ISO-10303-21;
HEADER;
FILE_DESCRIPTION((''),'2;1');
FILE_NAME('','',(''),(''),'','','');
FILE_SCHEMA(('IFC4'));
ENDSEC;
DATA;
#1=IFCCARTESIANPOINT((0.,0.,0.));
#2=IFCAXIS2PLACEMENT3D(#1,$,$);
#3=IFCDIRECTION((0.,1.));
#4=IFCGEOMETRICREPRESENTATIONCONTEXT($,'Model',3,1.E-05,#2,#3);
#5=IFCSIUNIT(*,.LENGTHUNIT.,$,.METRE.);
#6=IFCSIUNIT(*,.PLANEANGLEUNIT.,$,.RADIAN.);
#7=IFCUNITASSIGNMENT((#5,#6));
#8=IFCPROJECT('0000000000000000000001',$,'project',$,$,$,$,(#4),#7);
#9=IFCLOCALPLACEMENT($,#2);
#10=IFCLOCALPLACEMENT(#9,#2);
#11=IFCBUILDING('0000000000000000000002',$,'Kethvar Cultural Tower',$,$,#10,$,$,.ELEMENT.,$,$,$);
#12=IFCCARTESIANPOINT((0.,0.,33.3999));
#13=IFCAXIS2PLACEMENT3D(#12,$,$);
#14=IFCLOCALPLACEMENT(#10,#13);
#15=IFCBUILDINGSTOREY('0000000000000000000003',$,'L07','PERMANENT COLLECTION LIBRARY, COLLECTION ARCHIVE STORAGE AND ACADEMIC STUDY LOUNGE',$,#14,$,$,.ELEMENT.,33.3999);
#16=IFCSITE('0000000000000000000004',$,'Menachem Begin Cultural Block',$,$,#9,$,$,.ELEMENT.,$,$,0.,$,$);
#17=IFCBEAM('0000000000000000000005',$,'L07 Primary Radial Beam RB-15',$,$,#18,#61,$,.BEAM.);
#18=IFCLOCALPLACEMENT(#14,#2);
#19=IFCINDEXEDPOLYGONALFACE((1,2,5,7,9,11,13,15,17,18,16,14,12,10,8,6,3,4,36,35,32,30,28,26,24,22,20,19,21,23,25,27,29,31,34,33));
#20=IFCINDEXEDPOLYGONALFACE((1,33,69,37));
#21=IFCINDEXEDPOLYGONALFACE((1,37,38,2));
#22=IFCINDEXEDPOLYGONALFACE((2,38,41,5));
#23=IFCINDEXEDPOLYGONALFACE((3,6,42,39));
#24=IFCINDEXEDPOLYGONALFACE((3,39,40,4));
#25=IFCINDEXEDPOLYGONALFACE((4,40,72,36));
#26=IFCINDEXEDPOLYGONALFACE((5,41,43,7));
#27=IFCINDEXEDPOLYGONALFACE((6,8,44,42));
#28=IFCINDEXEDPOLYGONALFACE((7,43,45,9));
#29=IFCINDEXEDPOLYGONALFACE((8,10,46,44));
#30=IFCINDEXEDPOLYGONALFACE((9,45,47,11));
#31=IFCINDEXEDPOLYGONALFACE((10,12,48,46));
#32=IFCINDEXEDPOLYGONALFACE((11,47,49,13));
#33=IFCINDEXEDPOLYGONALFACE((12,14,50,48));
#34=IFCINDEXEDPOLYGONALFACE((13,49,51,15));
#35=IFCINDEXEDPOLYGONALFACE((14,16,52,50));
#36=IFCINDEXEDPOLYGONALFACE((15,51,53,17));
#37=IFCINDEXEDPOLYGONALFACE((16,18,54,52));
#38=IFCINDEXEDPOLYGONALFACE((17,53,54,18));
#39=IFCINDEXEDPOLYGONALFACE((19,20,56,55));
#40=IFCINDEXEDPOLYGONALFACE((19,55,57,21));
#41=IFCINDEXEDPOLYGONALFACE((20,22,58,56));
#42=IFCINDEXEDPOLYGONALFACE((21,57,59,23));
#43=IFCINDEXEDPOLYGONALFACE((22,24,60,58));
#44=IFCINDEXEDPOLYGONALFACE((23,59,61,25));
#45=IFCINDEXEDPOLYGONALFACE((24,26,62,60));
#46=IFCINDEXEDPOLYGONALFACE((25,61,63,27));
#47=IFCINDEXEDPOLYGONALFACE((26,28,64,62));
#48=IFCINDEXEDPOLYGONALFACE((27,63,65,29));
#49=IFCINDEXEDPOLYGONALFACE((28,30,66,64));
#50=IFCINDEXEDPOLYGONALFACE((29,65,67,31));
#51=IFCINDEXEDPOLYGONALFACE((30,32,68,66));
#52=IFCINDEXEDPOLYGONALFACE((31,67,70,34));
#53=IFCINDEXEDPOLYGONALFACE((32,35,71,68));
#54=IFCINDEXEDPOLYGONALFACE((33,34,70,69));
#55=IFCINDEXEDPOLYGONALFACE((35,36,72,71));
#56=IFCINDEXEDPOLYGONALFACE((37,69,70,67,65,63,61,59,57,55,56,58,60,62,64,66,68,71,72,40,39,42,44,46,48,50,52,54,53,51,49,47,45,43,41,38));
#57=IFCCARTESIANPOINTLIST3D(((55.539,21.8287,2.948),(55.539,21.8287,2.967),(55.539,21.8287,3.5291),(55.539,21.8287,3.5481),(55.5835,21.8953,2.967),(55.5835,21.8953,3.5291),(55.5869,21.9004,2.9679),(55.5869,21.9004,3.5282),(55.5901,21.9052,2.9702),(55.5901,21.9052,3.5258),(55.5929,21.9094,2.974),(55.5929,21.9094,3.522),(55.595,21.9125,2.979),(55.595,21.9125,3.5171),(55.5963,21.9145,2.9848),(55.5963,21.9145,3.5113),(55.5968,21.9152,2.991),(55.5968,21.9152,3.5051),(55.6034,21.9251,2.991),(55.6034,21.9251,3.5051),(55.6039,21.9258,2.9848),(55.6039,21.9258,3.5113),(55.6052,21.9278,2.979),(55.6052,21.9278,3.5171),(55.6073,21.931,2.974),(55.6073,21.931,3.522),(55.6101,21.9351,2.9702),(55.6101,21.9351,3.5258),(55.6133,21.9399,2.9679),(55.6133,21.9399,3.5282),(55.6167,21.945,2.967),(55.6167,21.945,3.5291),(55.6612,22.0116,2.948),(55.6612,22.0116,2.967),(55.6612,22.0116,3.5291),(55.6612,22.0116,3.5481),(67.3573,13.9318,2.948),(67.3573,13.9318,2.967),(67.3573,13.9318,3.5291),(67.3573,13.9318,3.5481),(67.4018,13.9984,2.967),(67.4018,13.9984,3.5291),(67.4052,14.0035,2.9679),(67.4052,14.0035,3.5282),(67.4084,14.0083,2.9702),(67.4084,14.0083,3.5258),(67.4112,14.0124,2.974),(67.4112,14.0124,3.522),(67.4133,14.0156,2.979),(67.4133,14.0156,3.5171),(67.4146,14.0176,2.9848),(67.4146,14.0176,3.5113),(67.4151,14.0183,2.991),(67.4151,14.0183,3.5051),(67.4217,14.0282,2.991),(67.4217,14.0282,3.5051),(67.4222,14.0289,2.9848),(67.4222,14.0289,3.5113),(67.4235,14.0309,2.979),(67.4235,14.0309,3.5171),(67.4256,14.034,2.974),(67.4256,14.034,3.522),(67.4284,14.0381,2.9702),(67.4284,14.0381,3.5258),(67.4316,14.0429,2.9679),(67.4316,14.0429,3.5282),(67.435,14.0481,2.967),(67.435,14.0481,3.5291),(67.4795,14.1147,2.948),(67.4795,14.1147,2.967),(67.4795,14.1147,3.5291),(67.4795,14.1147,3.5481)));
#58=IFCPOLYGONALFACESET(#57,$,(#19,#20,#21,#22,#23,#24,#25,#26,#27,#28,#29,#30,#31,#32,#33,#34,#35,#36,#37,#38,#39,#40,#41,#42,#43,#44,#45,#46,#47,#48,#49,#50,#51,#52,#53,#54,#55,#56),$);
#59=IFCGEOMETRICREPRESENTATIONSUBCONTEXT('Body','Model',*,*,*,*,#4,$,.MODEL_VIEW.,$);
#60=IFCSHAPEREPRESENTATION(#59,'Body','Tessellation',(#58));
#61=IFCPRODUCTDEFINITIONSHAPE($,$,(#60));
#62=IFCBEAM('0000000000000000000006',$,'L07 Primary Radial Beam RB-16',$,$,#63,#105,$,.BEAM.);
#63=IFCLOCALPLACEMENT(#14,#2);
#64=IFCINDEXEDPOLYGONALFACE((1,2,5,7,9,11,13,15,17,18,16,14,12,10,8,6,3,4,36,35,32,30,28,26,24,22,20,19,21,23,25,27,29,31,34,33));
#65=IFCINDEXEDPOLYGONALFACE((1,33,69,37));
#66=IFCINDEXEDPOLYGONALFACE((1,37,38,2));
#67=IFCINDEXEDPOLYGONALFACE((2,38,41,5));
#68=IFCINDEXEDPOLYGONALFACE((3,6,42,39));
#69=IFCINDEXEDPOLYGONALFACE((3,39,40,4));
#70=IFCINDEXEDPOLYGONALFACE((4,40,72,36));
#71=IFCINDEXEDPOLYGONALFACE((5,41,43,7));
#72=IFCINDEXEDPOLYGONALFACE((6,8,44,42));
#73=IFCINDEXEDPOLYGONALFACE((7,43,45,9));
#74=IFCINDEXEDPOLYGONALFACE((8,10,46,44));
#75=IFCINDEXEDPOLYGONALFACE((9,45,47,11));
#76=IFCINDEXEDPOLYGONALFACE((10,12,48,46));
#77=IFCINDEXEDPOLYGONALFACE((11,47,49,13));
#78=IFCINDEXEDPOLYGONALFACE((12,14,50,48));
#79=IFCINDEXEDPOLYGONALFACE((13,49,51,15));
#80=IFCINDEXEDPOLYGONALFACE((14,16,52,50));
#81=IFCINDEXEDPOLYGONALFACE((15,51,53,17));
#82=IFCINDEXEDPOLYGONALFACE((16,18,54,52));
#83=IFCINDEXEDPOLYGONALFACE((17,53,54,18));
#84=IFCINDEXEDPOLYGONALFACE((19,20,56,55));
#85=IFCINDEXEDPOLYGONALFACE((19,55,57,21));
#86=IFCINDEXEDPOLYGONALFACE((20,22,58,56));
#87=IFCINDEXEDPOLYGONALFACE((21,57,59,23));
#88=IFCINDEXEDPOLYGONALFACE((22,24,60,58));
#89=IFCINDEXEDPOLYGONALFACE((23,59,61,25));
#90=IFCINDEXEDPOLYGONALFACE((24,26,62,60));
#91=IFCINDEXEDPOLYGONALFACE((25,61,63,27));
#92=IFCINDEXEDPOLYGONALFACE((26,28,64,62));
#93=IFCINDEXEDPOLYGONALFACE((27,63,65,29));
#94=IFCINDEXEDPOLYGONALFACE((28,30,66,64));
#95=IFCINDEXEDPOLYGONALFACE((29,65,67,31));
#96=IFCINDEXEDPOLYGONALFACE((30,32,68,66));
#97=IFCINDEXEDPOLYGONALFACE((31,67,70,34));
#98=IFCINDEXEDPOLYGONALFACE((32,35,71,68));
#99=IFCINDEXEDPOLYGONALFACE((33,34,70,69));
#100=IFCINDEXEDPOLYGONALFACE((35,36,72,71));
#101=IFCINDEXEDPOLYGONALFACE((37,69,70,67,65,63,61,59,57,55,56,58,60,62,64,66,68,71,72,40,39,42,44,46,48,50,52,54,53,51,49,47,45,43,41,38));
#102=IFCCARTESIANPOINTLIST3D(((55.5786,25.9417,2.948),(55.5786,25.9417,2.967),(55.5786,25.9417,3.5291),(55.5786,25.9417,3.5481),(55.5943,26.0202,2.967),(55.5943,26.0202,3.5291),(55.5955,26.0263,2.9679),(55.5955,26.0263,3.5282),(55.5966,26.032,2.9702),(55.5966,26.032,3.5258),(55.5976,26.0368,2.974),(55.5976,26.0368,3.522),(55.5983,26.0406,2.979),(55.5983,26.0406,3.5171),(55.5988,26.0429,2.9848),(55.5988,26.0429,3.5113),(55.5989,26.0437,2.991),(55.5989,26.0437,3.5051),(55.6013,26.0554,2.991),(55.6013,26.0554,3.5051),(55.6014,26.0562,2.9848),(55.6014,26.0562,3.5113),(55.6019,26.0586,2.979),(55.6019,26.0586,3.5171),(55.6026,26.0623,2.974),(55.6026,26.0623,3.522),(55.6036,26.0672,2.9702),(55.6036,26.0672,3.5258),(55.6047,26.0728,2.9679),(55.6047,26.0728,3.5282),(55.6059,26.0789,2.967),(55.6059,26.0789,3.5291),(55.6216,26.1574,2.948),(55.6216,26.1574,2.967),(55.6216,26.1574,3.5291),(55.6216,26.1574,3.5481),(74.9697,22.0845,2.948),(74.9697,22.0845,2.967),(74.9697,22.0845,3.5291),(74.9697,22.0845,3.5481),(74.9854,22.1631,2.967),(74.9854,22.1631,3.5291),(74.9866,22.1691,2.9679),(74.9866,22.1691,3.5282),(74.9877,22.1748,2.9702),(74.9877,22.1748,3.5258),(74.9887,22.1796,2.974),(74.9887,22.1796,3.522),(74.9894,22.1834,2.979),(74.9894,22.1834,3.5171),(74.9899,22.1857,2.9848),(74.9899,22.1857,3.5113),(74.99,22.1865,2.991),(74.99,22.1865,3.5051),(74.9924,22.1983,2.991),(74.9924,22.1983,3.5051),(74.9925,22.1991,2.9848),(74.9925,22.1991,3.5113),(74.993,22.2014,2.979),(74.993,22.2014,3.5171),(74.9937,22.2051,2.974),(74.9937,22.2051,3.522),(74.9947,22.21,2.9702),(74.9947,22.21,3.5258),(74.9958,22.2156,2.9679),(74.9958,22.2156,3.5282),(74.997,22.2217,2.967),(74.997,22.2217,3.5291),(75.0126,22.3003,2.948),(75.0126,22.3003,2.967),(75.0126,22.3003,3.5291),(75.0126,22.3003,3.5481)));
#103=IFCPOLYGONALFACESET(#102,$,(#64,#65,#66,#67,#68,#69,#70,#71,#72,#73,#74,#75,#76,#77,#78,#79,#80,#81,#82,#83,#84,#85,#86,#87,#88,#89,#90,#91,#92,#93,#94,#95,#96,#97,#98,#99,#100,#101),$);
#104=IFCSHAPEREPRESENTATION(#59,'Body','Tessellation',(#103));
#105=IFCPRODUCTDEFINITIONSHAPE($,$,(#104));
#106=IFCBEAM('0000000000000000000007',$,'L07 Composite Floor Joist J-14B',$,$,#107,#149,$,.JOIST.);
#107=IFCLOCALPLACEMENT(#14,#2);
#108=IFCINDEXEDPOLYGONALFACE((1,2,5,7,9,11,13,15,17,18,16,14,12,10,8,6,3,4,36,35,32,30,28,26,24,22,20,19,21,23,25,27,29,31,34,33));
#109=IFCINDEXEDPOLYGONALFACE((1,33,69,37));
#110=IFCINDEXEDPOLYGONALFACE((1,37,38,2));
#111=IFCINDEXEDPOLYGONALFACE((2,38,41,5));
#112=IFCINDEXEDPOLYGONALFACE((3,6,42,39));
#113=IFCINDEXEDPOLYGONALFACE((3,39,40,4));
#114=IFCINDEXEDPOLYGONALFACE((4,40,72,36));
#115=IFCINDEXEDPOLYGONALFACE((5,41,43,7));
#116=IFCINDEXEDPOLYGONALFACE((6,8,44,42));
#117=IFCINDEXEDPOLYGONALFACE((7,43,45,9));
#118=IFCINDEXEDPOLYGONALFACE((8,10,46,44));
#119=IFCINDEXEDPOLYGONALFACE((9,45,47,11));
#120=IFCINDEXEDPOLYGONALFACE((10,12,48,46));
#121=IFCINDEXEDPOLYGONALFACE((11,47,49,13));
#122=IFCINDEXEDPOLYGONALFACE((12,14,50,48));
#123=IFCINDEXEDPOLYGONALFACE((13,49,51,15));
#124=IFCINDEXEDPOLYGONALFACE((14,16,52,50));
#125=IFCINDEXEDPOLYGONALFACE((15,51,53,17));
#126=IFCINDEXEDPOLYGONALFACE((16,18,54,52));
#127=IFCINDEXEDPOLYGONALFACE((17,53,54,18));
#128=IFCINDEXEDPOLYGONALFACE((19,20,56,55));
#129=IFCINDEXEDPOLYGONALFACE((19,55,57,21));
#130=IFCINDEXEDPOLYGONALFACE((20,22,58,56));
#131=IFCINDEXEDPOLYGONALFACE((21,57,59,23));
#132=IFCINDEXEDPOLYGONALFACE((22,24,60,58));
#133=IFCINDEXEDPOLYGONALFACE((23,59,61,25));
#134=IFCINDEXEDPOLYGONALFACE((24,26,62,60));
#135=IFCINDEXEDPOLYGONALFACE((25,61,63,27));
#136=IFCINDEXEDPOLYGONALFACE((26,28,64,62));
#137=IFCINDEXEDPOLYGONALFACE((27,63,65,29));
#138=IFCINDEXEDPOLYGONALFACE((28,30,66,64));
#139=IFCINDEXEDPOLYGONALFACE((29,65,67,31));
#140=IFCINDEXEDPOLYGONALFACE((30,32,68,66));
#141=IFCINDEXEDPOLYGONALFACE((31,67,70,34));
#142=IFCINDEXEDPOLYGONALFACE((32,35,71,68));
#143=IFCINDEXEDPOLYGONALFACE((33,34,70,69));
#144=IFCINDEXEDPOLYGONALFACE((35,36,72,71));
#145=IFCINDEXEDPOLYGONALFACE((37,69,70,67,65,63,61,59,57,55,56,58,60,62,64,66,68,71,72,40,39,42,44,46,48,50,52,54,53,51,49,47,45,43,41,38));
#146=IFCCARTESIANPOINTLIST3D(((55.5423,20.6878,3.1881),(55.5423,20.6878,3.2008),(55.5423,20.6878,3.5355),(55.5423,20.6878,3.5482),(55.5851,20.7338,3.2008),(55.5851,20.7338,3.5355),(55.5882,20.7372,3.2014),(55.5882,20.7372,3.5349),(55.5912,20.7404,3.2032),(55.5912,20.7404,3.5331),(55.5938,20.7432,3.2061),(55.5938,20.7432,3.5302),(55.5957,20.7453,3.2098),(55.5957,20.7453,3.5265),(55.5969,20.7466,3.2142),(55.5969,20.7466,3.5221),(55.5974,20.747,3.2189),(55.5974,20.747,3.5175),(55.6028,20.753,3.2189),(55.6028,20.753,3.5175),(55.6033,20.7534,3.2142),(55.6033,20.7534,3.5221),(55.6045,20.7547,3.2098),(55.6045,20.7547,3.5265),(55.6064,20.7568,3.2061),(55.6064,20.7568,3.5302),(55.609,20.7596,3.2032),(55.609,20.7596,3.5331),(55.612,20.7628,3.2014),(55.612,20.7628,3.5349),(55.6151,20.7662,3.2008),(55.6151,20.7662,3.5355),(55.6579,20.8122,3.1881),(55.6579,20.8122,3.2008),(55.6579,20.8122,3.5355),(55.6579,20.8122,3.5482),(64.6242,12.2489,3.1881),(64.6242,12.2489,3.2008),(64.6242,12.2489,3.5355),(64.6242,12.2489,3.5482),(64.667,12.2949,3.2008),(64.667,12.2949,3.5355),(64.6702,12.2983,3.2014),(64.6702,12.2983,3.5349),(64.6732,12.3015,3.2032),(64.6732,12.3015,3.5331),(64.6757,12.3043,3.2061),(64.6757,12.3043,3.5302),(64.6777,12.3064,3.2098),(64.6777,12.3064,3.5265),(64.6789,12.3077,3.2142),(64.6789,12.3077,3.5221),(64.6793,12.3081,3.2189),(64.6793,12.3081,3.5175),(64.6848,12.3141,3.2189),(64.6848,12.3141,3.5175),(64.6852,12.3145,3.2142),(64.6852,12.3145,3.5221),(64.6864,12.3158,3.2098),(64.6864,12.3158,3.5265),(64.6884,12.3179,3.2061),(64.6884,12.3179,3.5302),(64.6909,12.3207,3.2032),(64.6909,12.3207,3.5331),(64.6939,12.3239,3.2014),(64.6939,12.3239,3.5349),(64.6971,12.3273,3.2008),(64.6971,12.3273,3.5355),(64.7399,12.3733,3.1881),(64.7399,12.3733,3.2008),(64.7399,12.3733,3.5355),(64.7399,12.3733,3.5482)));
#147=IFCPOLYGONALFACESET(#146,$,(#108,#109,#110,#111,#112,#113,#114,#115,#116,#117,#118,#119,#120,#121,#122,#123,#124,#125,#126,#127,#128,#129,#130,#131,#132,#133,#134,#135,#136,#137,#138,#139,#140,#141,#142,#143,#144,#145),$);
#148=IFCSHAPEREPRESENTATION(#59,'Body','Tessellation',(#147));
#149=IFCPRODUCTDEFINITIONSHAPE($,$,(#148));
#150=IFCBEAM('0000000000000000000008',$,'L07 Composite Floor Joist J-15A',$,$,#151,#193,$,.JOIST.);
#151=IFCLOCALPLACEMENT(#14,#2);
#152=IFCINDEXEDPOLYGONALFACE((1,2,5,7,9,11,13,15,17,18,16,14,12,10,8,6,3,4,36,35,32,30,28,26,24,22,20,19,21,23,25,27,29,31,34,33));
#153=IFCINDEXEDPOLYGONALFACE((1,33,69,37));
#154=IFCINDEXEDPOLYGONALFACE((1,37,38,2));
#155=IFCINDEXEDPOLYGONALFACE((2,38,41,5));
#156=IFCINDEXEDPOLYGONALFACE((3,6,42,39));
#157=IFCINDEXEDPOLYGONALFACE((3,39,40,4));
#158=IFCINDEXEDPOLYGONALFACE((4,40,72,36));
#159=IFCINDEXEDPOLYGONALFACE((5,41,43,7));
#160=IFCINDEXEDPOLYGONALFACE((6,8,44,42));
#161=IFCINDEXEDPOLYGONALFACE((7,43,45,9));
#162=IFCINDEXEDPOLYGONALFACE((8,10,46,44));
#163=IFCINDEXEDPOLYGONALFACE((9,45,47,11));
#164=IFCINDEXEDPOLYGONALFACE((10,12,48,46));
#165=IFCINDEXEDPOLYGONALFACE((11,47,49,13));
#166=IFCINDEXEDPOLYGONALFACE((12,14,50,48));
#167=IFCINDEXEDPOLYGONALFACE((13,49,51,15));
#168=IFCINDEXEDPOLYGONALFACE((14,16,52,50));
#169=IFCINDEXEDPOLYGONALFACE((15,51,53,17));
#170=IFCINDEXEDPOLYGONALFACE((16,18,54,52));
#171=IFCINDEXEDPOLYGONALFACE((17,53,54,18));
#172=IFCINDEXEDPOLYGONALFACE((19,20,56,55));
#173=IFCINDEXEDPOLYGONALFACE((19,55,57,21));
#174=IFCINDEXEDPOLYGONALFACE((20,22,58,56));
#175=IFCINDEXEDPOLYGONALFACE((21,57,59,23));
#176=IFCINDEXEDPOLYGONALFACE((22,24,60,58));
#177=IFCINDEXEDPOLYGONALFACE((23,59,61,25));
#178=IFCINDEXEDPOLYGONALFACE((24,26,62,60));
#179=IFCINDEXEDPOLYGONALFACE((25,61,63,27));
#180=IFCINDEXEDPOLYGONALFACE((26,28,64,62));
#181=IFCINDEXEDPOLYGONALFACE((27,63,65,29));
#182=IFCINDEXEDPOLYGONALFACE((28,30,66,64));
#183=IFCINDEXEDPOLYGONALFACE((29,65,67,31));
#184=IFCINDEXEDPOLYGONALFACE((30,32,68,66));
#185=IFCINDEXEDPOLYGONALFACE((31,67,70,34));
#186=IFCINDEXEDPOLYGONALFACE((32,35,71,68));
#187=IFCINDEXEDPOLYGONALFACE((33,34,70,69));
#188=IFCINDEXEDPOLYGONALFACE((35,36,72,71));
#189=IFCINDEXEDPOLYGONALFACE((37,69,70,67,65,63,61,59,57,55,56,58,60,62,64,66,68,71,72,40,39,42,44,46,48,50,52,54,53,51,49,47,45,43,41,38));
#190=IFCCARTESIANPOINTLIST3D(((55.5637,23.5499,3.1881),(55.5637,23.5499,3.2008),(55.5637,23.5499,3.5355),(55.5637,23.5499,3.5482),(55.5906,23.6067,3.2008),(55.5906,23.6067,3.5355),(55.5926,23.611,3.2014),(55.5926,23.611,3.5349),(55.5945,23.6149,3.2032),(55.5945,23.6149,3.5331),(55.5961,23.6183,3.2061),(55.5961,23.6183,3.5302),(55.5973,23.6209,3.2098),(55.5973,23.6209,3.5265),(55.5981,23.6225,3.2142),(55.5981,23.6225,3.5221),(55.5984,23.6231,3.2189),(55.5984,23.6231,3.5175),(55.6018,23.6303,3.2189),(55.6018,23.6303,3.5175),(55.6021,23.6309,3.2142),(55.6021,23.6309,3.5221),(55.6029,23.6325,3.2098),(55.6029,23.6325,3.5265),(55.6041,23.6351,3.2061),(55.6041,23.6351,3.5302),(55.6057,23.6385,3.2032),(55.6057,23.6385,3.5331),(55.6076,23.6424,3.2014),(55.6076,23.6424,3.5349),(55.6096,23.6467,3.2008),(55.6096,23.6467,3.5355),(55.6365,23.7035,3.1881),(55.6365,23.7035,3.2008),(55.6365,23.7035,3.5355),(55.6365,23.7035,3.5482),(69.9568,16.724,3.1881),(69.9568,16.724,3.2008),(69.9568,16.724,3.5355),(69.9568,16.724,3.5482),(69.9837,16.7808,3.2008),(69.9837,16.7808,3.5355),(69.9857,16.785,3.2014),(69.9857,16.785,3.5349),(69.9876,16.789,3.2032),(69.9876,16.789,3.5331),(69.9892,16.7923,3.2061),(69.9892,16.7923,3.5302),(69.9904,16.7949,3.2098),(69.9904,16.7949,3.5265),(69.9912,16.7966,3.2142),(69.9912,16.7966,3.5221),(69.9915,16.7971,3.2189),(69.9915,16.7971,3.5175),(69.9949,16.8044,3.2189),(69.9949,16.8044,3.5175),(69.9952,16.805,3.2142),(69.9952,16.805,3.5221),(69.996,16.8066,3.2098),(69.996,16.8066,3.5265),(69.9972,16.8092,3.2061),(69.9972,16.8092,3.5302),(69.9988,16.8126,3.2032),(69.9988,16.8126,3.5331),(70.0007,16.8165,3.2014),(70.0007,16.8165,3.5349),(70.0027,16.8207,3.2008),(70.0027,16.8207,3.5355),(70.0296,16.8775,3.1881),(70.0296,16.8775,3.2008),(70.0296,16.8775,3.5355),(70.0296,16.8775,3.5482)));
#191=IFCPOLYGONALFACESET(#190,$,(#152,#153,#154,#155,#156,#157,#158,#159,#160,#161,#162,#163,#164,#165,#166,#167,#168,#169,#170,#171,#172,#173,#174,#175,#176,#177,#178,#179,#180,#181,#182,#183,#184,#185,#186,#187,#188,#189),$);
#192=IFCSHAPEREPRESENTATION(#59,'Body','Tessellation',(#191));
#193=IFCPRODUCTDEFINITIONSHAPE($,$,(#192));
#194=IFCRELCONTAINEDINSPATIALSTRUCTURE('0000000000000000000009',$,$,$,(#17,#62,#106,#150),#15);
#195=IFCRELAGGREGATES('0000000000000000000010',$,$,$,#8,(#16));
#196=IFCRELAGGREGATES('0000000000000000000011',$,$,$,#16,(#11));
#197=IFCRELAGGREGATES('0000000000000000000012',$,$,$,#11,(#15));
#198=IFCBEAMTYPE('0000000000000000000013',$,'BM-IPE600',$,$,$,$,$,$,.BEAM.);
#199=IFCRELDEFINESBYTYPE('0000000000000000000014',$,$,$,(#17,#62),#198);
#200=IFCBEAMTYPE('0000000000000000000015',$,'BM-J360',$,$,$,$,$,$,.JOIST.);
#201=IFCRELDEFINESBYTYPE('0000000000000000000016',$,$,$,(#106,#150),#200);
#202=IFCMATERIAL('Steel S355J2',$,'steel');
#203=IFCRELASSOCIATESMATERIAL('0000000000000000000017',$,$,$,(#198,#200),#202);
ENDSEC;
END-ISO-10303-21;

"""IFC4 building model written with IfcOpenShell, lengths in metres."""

from ifc_helpers import new_model, si_unit, direction, frame, origin, origin_2d, place, context, subcontext, project, spatial, i_section, extrude, source, transform, mapped, material, material_profile, profile_set, type_object, element, save


model = new_model("IFC4")

# Units and contexts
model_context = context("Model", 3, precision=1e-05, world=origin(), true_north=direction((0.0, 1.0)))
body_context = subcontext(model_context, "Body", "Model", "MODEL_VIEW")
ifc_project = project(units=[si_unit("LENGTHUNIT", "METRE"), si_unit("PLANEANGLEUNIT", "RADIAN")], contexts=[model_context])

# Site, building, storey
site_placement = place(None, origin())
site = spatial("IfcSite", under=ifc_project, at=site_placement, Name="Menachem Begin Cultural Block", CompositionType="ELEMENT", RefElevation=0.0)
building_placement = place(site_placement, origin())
building = spatial("IfcBuilding", under=site, at=building_placement, Name="Kethvar Cultural Tower", CompositionType="ELEMENT")
storey_placement = place(building_placement, frame((0.0, 0.0, 33.3999)))
storey = spatial("IfcBuildingStorey", under=building, at=storey_placement, Name="L07", Description="PERMANENT COLLECTION LIBRARY, COLLECTION ARCHIVE STORAGE AND ACADEMIC STUDY LOUNGE", CompositionType="ELEMENT", Elevation=33.3999)

# Beams
ifc_material_1 = material(Name="Steel S355J2", Category="steel")
ifc_material_profile_1 = material_profile(ifc_material_1, i_section(OverallWidth=0.22, OverallDepth=0.6001, WebThickness=0.012, FlangeThickness=0.019, FilletRadius=0.0239, at=origin_2d()), Name="Steel S355J2 — IPE600")
ifc_profile_set_1 = profile_set([ifc_material_profile_1], Name="Steel S355J2 — IPE600")
beam_type_1 = type_object("IfcBeamType", Name="BM-IPE600", PredefinedType="BEAM", material=ifc_profile_set_1)
shared_shape_1 = source(origin(), body_context, "Body", "SweptSolid", [
    extrude(i_section(OverallWidth=0.22, OverallDepth=0.6001, WebThickness=0.012, FlangeThickness=0.019, FilletRadius=0.0239, at=origin_2d()), origin(), (0.0, 0.0, 1.0), 14.2139),
])
beam_1_placement = place(storey_placement, frame((55.6001, 21.9202, 3.248), z_axis=(0.831463, -0.55558, 0.0), x_axis=(0.55558, 0.831463, 0.0)))
element("IfcBeam", 1, at=beam_1_placement, inside=storey, type_object=beam_type_1, Name="L07 Primary Radial Beam RB-15", PredefinedType="BEAM", context=body_context, shape_type="MappedRepresentation", body=[
    mapped(shared_shape_1, transform((0.0, 0.0, 0.0), scale=1.0)),
])
shared_shape_2 = source(origin(), body_context, "Body", "SweptSolid", [
    extrude(i_section(OverallWidth=0.22, OverallDepth=0.6001, WebThickness=0.012, FlangeThickness=0.019, FilletRadius=0.0239, at=origin_2d()), origin(), (0.0, 0.0, 1.0), 19.771),
])
beam_2_placement = place(storey_placement, frame((55.6001, 26.0496, 3.248), z_axis=(0.980785, -0.195093, 0.0), x_axis=(0.195093, 0.980785, 0.0)))
element("IfcBeam", 2, at=beam_2_placement, inside=storey, type_object=beam_type_1, Name="L07 Primary Radial Beam RB-16", PredefinedType="BEAM", context=body_context, shape_type="MappedRepresentation", body=[
    mapped(shared_shape_2, transform((0.0, 0.0, 0.0), scale=1.0)),
])
ifc_material_profile_2 = material_profile(ifc_material_1, i_section(OverallWidth=0.1699, OverallDepth=0.3601, WebThickness=0.0081, FlangeThickness=0.0127, FilletRadius=0.0181, at=origin_2d()), Name="Steel S355J2 — IPE360")
ifc_profile_set_2 = profile_set([ifc_material_profile_2], Name="Steel S355J2 — IPE360")
beam_type_2 = type_object("IfcBeamType", Name="BM-J360", PredefinedType="JOIST", material=ifc_profile_set_2)
shared_shape_3 = source(origin(), body_context, "Body", "SweptSolid", [
    extrude(i_section(OverallWidth=0.1699, OverallDepth=0.3601, WebThickness=0.0081, FlangeThickness=0.0127, FilletRadius=0.0181, at=origin_2d()), origin(), (0.0, 0.0, 1.0), 12.3975),
])
beam_3_placement = place(storey_placement, frame((55.6001, 20.75, 3.3682), z_axis=(0.732566, -0.680696, 0.0), x_axis=(0.680696, 0.732566, 0.0)))
element("IfcBeam", 3, at=beam_3_placement, inside=storey, type_object=beam_type_2, Name="L07 Composite Floor Joist J-14B", PredefinedType="JOIST", context=body_context, shape_type="MappedRepresentation", body=[
    mapped(shared_shape_3, transform((0.0, 0.0, 0.0), scale=1.0)),
])
shared_shape_4 = source(origin(), body_context, "Body", "SweptSolid", [
    extrude(i_section(OverallWidth=0.1699, OverallDepth=0.3601, WebThickness=0.0081, FlangeThickness=0.0127, FilletRadius=0.0181, at=origin_2d()), origin(), (0.0, 0.0, 1.0), 15.9297),
])
beam_4_placement = place(storey_placement, frame((55.6001, 23.6267, 3.3682), z_axis=(0.90354, -0.428505, 0.0), x_axis=(0.428505, 0.90354, 0.0)))
element("IfcBeam", 4, at=beam_4_placement, inside=storey, type_object=beam_type_2, Name="L07 Composite Floor Joist J-15A", PredefinedType="JOIST", context=body_context, shape_type="MappedRepresentation", body=[
    mapped(shared_shape_4, transform((0.0, 0.0, 0.0), scale=1.0)),
])

save(model, "model.ifc")
